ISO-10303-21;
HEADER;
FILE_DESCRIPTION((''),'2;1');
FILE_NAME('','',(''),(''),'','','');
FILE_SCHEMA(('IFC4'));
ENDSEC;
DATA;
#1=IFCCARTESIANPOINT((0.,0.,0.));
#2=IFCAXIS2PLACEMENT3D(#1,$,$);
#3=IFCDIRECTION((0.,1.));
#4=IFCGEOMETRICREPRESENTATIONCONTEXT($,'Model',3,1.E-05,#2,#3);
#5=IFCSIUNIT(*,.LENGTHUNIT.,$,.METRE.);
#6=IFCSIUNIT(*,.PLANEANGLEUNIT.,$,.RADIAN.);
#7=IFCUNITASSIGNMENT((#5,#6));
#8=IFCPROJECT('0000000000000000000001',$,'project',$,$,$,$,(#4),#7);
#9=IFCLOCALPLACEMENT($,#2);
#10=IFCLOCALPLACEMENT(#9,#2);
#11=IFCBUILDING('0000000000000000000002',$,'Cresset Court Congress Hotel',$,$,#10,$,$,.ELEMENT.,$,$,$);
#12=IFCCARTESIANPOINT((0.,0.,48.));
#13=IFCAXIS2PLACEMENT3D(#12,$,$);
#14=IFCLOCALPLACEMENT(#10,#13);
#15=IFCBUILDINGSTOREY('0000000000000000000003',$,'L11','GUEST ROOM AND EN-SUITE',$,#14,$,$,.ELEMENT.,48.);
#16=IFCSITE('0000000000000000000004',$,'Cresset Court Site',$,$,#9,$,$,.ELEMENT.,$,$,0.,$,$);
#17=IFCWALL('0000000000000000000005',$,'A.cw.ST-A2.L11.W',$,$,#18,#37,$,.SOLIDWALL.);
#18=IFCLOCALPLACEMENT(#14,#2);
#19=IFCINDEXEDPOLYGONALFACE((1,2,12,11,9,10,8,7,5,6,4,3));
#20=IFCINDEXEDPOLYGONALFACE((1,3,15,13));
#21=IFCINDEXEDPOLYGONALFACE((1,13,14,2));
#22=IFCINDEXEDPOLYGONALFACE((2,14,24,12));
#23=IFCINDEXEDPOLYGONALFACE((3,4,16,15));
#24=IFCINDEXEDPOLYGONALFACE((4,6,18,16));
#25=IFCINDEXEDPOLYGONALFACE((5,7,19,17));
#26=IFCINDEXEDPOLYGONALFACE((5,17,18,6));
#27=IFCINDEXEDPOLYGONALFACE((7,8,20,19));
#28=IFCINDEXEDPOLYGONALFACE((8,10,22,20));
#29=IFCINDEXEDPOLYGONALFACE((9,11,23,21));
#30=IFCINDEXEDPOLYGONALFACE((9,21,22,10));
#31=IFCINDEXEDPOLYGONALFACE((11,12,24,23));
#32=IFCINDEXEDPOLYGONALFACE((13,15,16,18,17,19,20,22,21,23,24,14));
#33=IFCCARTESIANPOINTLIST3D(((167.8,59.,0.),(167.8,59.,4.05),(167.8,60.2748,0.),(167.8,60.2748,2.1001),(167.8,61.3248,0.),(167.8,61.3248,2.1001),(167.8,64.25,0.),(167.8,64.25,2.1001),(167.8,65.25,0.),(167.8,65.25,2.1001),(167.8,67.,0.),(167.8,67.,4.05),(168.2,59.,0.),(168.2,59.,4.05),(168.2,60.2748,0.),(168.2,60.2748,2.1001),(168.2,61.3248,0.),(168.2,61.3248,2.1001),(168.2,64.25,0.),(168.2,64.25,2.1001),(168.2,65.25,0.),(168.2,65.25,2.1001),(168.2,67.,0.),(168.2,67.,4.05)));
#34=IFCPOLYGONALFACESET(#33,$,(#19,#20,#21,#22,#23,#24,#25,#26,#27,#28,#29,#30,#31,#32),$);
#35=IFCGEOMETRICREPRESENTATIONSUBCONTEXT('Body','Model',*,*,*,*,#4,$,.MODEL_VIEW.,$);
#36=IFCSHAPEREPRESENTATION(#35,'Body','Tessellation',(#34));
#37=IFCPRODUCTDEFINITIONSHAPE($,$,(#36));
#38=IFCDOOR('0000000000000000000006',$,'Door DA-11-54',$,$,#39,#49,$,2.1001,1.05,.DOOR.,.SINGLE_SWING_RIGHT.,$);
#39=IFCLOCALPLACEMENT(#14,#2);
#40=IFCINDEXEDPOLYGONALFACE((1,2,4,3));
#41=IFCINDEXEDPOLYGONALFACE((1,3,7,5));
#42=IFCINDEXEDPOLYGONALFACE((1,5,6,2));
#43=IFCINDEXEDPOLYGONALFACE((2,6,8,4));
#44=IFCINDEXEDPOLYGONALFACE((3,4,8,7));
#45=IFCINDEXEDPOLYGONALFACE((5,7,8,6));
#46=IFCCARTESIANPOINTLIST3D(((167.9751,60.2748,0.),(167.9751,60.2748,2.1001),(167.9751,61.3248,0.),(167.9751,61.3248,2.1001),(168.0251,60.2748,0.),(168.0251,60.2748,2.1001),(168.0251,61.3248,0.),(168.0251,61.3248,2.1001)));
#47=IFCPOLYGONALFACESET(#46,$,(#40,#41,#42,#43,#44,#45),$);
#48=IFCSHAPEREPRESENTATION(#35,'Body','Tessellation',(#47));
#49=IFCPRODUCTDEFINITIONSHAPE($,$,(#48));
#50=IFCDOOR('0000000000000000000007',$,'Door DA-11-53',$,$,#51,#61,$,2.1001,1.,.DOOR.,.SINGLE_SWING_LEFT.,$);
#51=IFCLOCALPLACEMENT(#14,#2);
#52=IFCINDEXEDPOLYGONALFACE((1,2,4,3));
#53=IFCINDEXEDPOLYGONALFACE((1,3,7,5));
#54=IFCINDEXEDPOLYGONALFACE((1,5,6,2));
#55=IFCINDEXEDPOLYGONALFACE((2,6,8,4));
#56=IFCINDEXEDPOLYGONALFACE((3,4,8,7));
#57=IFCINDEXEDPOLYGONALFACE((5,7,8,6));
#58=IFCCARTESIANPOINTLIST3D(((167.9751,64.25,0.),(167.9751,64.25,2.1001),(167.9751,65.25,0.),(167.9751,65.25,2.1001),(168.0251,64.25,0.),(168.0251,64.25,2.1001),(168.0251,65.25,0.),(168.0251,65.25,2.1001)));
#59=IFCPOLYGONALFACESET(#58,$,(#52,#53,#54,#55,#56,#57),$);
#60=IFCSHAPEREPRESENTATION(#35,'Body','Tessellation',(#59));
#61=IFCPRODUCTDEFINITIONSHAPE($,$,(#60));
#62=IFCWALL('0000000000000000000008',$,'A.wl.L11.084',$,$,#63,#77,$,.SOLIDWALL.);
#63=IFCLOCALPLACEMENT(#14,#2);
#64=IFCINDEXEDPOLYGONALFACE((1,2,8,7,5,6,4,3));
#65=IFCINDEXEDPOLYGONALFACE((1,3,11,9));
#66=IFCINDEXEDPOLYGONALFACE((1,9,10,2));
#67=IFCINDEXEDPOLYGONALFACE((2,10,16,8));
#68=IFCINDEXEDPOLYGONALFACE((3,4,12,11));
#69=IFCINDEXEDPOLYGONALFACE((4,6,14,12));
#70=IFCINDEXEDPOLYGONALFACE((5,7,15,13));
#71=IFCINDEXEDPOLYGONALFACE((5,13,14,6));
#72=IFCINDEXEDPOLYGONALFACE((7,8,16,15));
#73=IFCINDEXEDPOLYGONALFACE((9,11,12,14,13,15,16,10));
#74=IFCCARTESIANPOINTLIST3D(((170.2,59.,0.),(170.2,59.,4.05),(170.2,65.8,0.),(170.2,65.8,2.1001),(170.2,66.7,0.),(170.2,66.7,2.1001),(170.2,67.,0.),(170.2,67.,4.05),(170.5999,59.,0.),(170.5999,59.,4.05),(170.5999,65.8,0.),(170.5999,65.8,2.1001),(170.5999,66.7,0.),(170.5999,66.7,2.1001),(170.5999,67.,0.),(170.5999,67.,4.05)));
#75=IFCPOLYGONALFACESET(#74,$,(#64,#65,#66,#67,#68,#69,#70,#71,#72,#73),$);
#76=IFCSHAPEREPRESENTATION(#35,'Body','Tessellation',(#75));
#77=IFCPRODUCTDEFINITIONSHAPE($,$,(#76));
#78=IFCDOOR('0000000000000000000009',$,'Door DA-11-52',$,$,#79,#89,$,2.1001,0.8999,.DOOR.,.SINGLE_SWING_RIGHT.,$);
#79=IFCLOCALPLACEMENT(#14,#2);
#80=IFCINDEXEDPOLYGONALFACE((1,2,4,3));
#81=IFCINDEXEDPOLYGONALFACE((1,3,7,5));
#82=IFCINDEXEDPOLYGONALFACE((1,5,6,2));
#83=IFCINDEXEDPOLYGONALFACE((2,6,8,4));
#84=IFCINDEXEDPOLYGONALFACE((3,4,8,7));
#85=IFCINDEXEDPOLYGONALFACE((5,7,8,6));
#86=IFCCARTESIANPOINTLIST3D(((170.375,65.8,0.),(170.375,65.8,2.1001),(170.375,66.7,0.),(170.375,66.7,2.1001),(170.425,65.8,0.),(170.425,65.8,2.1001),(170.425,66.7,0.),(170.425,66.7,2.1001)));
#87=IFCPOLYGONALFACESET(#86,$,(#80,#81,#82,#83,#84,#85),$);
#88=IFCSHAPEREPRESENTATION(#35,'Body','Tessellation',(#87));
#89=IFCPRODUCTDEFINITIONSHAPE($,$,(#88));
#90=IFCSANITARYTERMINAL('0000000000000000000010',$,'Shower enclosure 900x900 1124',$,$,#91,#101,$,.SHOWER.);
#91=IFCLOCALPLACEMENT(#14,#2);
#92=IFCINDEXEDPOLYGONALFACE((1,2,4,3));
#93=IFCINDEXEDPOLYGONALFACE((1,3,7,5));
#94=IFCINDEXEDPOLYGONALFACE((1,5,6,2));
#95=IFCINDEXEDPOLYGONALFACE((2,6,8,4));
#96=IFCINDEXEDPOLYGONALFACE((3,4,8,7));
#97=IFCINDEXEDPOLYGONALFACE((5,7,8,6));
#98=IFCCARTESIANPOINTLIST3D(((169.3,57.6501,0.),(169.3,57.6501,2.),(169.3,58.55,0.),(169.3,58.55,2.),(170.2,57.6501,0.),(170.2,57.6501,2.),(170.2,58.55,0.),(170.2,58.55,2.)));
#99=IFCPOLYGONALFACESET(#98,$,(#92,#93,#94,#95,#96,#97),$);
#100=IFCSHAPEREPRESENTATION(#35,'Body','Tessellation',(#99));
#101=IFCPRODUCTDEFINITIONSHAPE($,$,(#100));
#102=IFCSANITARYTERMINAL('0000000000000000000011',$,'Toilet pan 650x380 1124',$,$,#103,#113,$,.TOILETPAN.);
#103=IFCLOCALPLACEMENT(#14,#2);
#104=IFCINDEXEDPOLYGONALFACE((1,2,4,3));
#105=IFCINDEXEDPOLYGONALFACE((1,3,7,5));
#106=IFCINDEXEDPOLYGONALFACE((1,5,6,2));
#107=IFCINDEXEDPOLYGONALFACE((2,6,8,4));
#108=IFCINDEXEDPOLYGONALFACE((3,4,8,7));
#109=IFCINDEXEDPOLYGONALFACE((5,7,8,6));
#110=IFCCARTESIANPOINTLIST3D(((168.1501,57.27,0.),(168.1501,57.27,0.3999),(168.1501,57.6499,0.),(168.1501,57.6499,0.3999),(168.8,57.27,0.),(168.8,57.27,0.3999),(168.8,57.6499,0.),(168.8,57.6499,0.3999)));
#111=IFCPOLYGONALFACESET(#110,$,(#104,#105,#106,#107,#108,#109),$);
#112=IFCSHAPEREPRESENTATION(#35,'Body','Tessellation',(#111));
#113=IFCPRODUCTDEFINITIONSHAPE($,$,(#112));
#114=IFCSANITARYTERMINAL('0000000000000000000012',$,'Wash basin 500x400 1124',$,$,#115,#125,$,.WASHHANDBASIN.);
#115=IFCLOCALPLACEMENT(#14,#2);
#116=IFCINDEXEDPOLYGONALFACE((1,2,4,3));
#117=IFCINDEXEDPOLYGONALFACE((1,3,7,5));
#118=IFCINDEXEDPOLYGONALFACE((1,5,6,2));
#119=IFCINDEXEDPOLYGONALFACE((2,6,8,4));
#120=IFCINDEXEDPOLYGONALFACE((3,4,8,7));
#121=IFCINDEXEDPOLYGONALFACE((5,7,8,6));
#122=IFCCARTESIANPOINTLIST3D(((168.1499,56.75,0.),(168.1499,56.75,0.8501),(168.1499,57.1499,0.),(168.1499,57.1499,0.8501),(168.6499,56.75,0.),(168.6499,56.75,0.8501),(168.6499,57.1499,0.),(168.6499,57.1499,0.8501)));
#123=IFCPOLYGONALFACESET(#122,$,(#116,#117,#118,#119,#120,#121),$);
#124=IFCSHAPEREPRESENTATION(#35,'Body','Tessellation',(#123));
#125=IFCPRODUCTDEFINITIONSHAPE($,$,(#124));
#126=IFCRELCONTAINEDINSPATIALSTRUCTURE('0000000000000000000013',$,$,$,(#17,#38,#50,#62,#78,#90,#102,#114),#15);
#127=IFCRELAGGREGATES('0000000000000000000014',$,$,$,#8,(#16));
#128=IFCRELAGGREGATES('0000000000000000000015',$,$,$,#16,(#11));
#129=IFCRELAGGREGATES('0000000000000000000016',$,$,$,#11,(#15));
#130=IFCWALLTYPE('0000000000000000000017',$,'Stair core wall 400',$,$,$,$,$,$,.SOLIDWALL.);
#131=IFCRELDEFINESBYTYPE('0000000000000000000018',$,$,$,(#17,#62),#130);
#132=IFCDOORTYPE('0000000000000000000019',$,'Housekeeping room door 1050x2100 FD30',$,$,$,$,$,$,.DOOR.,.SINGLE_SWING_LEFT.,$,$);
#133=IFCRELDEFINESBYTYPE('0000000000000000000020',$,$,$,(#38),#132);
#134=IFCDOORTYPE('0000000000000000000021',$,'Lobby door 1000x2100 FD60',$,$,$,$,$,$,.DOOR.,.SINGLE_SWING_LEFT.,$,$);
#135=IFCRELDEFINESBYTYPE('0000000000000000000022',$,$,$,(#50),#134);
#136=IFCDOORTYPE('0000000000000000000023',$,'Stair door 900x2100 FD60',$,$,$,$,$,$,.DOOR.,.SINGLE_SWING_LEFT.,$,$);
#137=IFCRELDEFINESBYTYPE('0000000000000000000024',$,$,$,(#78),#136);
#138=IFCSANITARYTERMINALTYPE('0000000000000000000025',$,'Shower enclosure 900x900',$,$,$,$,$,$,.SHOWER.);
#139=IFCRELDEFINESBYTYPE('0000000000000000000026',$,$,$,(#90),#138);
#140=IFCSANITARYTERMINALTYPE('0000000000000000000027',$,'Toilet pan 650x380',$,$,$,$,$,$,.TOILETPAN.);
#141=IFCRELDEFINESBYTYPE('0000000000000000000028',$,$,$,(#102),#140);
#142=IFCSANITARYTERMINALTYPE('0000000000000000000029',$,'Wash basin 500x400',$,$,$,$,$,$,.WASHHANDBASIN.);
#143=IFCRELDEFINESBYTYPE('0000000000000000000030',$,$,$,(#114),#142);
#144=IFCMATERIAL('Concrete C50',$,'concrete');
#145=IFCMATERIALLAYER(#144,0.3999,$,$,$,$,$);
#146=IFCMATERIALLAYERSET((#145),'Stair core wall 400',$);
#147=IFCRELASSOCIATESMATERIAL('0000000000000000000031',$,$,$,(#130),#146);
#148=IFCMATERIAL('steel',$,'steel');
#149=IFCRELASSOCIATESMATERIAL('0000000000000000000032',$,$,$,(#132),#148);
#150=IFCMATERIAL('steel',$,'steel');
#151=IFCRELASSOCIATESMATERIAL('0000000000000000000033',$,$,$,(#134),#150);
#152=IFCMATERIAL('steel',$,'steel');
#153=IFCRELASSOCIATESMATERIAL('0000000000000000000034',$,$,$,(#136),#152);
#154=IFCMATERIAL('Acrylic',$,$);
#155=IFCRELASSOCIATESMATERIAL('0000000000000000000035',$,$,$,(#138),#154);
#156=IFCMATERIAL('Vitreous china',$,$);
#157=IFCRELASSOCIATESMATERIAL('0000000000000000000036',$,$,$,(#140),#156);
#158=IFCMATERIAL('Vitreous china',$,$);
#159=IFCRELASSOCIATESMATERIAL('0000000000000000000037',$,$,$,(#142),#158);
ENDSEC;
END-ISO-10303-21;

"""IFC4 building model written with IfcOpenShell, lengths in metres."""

from ifc_helpers import new_model, si_unit, direction, frame, frame_2d, origin, origin_2d, place, context, subcontext, project, spatial, rectangle, extrude, material, layer, layer_set, type_object, element, fill, save


model = new_model("IFC4")

# Units and contexts
model_context = context("Model", 3, precision=1e-05, world=origin(), true_north=direction((0.0, 1.0)))
body_context = subcontext(model_context, "Body", "Model", "MODEL_VIEW")
ifc_project = project(units=[si_unit("LENGTHUNIT", "METRE"), si_unit("PLANEANGLEUNIT", "RADIAN")], contexts=[model_context])

# Site, building, storey
site_placement = place(None, origin())
site = spatial("IfcSite", under=ifc_project, at=site_placement, Name="Cresset Court Site", CompositionType="ELEMENT", RefElevation=0.0)
building_placement = place(site_placement, origin())
building = spatial("IfcBuilding", under=site, at=building_placement, Name="Cresset Court Congress Hotel", CompositionType="ELEMENT")
storey_placement = place(building_placement, frame((0.0, 0.0, 48.0)))
storey = spatial("IfcBuildingStorey", under=building, at=storey_placement, Name="L11", Description="GUEST ROOM AND EN-SUITE", CompositionType="ELEMENT", Elevation=48.0)

# Shared definitions
ifc_material_1 = material(Name="Concrete C50", Category="concrete")
ifc_layer_1 = layer(ifc_material_1, 0.3999)
ifc_layer_set_1 = layer_set([ifc_layer_1], Name="Stair core wall 400")
wall_type_1 = type_object("IfcWallType", Name="Stair core wall 400", PredefinedType="SOLIDWALL", material=ifc_layer_set_1)

# Wall, openings, doors
wall_1_placement = place(storey_placement, frame((168.0, 59.0, 0.0), z_axis=(0.0, 0.0, 1.0), x_axis=(0.0, 1.0, 0.0)))
wall_1 = element("IfcWall", 1, at=wall_1_placement, inside=storey, type_object=wall_type_1, Name="A.cw.ST-A2.L11.W", PredefinedType="SOLIDWALL", context=body_context, shape_type="SweptSolid", body=[
    extrude(rectangle(XDim=8.0, YDim=0.3999, at=frame_2d((4.0, 0.0))), origin(), (0.0, 0.0, 1.0), 4.05),
])
opening_1_placement = place(wall_1_placement, frame((5.25, 0.0, 0.0)))
opening_1 = element("IfcOpeningElement", 2, at=opening_1_placement, cuts=wall_1, PredefinedType="OPENING", context=body_context, shape_type="SweptSolid", body=[
    extrude(rectangle(XDim=1.0, YDim=2.1001, at=frame_2d((0.5, 1.05))), frame((0.0, 0.21, 0.0), z_axis=(0.0, -1.0, 0.0), x_axis=(1.0, 0.0, 0.0)), (0.0, 0.0, 1.0), 0.4199),
])
opening_2_placement = place(wall_1_placement, frame((1.2749, 0.0, 0.0)))
opening_2 = element("IfcOpeningElement", 3, at=opening_2_placement, cuts=wall_1, PredefinedType="OPENING", context=body_context, shape_type="SweptSolid", body=[
    extrude(rectangle(XDim=1.05, YDim=2.1001, at=frame_2d((0.5249, 1.05))), frame((0.0, 0.21, 0.0), z_axis=(0.0, -1.0, 0.0), x_axis=(1.0, 0.0, 0.0)), (0.0, 0.0, 1.0), 0.4199),
])
ifc_material_2 = material(Name="steel", Category="steel")
door_type_1 = type_object("IfcDoorType", Name="Housekeeping room door 1050x2100 FD30", OperationType="SINGLE_SWING_LEFT", PredefinedType="DOOR", material=ifc_material_2)
door_1_placement = place(opening_2_placement, origin())
door_1 = element("IfcDoor", 4, at=door_1_placement, inside=storey, type_object=door_type_1, Name="Door DA-11-54", OperationType="SINGLE_SWING_RIGHT", OverallHeight=2.1001, OverallWidth=1.05, PredefinedType="DOOR", context=body_context, shape_type="SweptSolid", body=[
    extrude(rectangle(XDim=1.05, YDim=2.1001, at=frame_2d((0.5249, 1.05))), frame((0.0, 0.0249, 0.0), z_axis=(0.0, -1.0, 0.0), x_axis=(1.0, 0.0, 0.0)), (0.0, 0.0, 1.0), 0.05),
])
fill(opening_2, door_1)
ifc_material_3 = material(Name="steel", Category="steel")
door_type_2 = type_object("IfcDoorType", Name="Lobby door 1000x2100 FD60", OperationType="SINGLE_SWING_LEFT", PredefinedType="DOOR", material=ifc_material_3)
door_2_placement = place(opening_1_placement, origin())
door_2 = element("IfcDoor", 5, at=door_2_placement, inside=storey, type_object=door_type_2, Name="Door DA-11-53", OperationType="SINGLE_SWING_LEFT", OverallHeight=2.1001, OverallWidth=1.0, PredefinedType="DOOR", context=body_context, shape_type="SweptSolid", body=[
    extrude(rectangle(XDim=1.0, YDim=2.1001, at=frame_2d((0.5, 1.05))), frame((0.0, 0.0249, 0.0), z_axis=(0.0, -1.0, 0.0), x_axis=(1.0, 0.0, 0.0)), (0.0, 0.0, 1.0), 0.05),
])
fill(opening_1, door_2)

# Wall, opening, door
wall_2_placement = place(storey_placement, frame((170.3999, 59.0, 0.0), z_axis=(0.0, 0.0, 1.0), x_axis=(0.0, 1.0, 0.0)))
wall_2 = element("IfcWall", 6, at=wall_2_placement, inside=storey, type_object=wall_type_1, Name="A.wl.L11.084", PredefinedType="SOLIDWALL", context=body_context, shape_type="SweptSolid", body=[
    extrude(rectangle(XDim=8.0, YDim=0.3999, at=frame_2d((4.0, 0.0))), origin(), (0.0, 0.0, 1.0), 4.05),
])
opening_3_placement = place(wall_2_placement, frame((6.8, 0.0, 0.0)))
opening_3 = element("IfcOpeningElement", 7, at=opening_3_placement, cuts=wall_2, PredefinedType="OPENING", context=body_context, shape_type="SweptSolid", body=[
    extrude(rectangle(XDim=0.8999, YDim=2.1001, at=frame_2d((0.45, 1.05))), frame((0.0, 0.21, 0.0), z_axis=(0.0, -1.0, 0.0), x_axis=(1.0, 0.0, 0.0)), (0.0, 0.0, 1.0), 0.4199),
])
ifc_material_4 = material(Name="steel", Category="steel")
door_type_3 = type_object("IfcDoorType", Name="Stair door 900x2100 FD60", OperationType="SINGLE_SWING_LEFT", PredefinedType="DOOR", material=ifc_material_4)
door_3_placement = place(opening_3_placement, origin())
door_3 = element("IfcDoor", 8, at=door_3_placement, inside=storey, type_object=door_type_3, Name="Door DA-11-52", OperationType="SINGLE_SWING_RIGHT", OverallHeight=2.1001, OverallWidth=0.8999, PredefinedType="DOOR", context=body_context, shape_type="SweptSolid", body=[
    extrude(rectangle(XDim=0.8999, YDim=2.1001, at=frame_2d((0.45, 1.05))), frame((0.0, 0.0249, 0.0), z_axis=(0.0, -1.0, 0.0), x_axis=(1.0, 0.0, 0.0)), (0.0, 0.0, 1.0), 0.05),
])
fill(opening_3, door_3)

# Sanitary terminals
ifc_material_5 = material(Name="Acrylic")
sanitary_terminal_type_1 = type_object("IfcSanitaryTerminalType", Name="Shower enclosure 900x900", PredefinedType="SHOWER", material=ifc_material_5)
sanitary_terminal_1_placement = place(storey_placement, frame((169.75, 58.1001, 0.0), z_axis=(0.0, 0.0, 1.0), x_axis=(1.0, 0.0, 0.0)))
element("IfcSanitaryTerminal", 9, at=sanitary_terminal_1_placement, inside=storey, type_object=sanitary_terminal_type_1, Name="Shower enclosure 900x900 1124", PredefinedType="SHOWER", context=body_context, shape_type="SweptSolid", body=[
    extrude(rectangle(XDim=0.8999, YDim=0.8999, at=origin_2d()), origin(), (0.0, 0.0, 1.0), 2.0),
])
ifc_material_6 = material(Name="Vitreous china")
sanitary_terminal_type_2 = type_object("IfcSanitaryTerminalType", Name="Toilet pan 650x380", PredefinedType="TOILETPAN", material=ifc_material_6)
sanitary_terminal_2_placement = place(storey_placement, frame((168.4751, 57.46, 0.0), z_axis=(0.0, 0.0, 1.0), x_axis=(1.0, 0.0, 0.0)))
element("IfcSanitaryTerminal", 10, at=sanitary_terminal_2_placement, inside=storey, type_object=sanitary_terminal_type_2, Name="Toilet pan 650x380 1124", PredefinedType="TOILETPAN", context=body_context, shape_type="SweptSolid", body=[
    extrude(rectangle(XDim=0.6499, YDim=0.3799, at=origin_2d()), origin(), (0.0, 0.0, 1.0), 0.3999),
])
ifc_material_7 = material(Name="Vitreous china")
sanitary_terminal_type_3 = type_object("IfcSanitaryTerminalType", Name="Wash basin 500x400", PredefinedType="WASHHANDBASIN", material=ifc_material_7)
sanitary_terminal_3_placement = place(storey_placement, frame((168.3999, 56.95, 0.0), z_axis=(0.0, 0.0, 1.0), x_axis=(1.0, 0.0, 0.0)))
element("IfcSanitaryTerminal", 11, at=sanitary_terminal_3_placement, inside=storey, type_object=sanitary_terminal_type_3, Name="Wash basin 500x400 1124", PredefinedType="WASHHANDBASIN", context=body_context, shape_type="SweptSolid", body=[
    extrude(rectangle(XDim=0.5, YDim=0.3999, at=origin_2d()), origin(), (0.0, 0.0, 1.0), 0.8501),
])

save(model, "model.ifc")
